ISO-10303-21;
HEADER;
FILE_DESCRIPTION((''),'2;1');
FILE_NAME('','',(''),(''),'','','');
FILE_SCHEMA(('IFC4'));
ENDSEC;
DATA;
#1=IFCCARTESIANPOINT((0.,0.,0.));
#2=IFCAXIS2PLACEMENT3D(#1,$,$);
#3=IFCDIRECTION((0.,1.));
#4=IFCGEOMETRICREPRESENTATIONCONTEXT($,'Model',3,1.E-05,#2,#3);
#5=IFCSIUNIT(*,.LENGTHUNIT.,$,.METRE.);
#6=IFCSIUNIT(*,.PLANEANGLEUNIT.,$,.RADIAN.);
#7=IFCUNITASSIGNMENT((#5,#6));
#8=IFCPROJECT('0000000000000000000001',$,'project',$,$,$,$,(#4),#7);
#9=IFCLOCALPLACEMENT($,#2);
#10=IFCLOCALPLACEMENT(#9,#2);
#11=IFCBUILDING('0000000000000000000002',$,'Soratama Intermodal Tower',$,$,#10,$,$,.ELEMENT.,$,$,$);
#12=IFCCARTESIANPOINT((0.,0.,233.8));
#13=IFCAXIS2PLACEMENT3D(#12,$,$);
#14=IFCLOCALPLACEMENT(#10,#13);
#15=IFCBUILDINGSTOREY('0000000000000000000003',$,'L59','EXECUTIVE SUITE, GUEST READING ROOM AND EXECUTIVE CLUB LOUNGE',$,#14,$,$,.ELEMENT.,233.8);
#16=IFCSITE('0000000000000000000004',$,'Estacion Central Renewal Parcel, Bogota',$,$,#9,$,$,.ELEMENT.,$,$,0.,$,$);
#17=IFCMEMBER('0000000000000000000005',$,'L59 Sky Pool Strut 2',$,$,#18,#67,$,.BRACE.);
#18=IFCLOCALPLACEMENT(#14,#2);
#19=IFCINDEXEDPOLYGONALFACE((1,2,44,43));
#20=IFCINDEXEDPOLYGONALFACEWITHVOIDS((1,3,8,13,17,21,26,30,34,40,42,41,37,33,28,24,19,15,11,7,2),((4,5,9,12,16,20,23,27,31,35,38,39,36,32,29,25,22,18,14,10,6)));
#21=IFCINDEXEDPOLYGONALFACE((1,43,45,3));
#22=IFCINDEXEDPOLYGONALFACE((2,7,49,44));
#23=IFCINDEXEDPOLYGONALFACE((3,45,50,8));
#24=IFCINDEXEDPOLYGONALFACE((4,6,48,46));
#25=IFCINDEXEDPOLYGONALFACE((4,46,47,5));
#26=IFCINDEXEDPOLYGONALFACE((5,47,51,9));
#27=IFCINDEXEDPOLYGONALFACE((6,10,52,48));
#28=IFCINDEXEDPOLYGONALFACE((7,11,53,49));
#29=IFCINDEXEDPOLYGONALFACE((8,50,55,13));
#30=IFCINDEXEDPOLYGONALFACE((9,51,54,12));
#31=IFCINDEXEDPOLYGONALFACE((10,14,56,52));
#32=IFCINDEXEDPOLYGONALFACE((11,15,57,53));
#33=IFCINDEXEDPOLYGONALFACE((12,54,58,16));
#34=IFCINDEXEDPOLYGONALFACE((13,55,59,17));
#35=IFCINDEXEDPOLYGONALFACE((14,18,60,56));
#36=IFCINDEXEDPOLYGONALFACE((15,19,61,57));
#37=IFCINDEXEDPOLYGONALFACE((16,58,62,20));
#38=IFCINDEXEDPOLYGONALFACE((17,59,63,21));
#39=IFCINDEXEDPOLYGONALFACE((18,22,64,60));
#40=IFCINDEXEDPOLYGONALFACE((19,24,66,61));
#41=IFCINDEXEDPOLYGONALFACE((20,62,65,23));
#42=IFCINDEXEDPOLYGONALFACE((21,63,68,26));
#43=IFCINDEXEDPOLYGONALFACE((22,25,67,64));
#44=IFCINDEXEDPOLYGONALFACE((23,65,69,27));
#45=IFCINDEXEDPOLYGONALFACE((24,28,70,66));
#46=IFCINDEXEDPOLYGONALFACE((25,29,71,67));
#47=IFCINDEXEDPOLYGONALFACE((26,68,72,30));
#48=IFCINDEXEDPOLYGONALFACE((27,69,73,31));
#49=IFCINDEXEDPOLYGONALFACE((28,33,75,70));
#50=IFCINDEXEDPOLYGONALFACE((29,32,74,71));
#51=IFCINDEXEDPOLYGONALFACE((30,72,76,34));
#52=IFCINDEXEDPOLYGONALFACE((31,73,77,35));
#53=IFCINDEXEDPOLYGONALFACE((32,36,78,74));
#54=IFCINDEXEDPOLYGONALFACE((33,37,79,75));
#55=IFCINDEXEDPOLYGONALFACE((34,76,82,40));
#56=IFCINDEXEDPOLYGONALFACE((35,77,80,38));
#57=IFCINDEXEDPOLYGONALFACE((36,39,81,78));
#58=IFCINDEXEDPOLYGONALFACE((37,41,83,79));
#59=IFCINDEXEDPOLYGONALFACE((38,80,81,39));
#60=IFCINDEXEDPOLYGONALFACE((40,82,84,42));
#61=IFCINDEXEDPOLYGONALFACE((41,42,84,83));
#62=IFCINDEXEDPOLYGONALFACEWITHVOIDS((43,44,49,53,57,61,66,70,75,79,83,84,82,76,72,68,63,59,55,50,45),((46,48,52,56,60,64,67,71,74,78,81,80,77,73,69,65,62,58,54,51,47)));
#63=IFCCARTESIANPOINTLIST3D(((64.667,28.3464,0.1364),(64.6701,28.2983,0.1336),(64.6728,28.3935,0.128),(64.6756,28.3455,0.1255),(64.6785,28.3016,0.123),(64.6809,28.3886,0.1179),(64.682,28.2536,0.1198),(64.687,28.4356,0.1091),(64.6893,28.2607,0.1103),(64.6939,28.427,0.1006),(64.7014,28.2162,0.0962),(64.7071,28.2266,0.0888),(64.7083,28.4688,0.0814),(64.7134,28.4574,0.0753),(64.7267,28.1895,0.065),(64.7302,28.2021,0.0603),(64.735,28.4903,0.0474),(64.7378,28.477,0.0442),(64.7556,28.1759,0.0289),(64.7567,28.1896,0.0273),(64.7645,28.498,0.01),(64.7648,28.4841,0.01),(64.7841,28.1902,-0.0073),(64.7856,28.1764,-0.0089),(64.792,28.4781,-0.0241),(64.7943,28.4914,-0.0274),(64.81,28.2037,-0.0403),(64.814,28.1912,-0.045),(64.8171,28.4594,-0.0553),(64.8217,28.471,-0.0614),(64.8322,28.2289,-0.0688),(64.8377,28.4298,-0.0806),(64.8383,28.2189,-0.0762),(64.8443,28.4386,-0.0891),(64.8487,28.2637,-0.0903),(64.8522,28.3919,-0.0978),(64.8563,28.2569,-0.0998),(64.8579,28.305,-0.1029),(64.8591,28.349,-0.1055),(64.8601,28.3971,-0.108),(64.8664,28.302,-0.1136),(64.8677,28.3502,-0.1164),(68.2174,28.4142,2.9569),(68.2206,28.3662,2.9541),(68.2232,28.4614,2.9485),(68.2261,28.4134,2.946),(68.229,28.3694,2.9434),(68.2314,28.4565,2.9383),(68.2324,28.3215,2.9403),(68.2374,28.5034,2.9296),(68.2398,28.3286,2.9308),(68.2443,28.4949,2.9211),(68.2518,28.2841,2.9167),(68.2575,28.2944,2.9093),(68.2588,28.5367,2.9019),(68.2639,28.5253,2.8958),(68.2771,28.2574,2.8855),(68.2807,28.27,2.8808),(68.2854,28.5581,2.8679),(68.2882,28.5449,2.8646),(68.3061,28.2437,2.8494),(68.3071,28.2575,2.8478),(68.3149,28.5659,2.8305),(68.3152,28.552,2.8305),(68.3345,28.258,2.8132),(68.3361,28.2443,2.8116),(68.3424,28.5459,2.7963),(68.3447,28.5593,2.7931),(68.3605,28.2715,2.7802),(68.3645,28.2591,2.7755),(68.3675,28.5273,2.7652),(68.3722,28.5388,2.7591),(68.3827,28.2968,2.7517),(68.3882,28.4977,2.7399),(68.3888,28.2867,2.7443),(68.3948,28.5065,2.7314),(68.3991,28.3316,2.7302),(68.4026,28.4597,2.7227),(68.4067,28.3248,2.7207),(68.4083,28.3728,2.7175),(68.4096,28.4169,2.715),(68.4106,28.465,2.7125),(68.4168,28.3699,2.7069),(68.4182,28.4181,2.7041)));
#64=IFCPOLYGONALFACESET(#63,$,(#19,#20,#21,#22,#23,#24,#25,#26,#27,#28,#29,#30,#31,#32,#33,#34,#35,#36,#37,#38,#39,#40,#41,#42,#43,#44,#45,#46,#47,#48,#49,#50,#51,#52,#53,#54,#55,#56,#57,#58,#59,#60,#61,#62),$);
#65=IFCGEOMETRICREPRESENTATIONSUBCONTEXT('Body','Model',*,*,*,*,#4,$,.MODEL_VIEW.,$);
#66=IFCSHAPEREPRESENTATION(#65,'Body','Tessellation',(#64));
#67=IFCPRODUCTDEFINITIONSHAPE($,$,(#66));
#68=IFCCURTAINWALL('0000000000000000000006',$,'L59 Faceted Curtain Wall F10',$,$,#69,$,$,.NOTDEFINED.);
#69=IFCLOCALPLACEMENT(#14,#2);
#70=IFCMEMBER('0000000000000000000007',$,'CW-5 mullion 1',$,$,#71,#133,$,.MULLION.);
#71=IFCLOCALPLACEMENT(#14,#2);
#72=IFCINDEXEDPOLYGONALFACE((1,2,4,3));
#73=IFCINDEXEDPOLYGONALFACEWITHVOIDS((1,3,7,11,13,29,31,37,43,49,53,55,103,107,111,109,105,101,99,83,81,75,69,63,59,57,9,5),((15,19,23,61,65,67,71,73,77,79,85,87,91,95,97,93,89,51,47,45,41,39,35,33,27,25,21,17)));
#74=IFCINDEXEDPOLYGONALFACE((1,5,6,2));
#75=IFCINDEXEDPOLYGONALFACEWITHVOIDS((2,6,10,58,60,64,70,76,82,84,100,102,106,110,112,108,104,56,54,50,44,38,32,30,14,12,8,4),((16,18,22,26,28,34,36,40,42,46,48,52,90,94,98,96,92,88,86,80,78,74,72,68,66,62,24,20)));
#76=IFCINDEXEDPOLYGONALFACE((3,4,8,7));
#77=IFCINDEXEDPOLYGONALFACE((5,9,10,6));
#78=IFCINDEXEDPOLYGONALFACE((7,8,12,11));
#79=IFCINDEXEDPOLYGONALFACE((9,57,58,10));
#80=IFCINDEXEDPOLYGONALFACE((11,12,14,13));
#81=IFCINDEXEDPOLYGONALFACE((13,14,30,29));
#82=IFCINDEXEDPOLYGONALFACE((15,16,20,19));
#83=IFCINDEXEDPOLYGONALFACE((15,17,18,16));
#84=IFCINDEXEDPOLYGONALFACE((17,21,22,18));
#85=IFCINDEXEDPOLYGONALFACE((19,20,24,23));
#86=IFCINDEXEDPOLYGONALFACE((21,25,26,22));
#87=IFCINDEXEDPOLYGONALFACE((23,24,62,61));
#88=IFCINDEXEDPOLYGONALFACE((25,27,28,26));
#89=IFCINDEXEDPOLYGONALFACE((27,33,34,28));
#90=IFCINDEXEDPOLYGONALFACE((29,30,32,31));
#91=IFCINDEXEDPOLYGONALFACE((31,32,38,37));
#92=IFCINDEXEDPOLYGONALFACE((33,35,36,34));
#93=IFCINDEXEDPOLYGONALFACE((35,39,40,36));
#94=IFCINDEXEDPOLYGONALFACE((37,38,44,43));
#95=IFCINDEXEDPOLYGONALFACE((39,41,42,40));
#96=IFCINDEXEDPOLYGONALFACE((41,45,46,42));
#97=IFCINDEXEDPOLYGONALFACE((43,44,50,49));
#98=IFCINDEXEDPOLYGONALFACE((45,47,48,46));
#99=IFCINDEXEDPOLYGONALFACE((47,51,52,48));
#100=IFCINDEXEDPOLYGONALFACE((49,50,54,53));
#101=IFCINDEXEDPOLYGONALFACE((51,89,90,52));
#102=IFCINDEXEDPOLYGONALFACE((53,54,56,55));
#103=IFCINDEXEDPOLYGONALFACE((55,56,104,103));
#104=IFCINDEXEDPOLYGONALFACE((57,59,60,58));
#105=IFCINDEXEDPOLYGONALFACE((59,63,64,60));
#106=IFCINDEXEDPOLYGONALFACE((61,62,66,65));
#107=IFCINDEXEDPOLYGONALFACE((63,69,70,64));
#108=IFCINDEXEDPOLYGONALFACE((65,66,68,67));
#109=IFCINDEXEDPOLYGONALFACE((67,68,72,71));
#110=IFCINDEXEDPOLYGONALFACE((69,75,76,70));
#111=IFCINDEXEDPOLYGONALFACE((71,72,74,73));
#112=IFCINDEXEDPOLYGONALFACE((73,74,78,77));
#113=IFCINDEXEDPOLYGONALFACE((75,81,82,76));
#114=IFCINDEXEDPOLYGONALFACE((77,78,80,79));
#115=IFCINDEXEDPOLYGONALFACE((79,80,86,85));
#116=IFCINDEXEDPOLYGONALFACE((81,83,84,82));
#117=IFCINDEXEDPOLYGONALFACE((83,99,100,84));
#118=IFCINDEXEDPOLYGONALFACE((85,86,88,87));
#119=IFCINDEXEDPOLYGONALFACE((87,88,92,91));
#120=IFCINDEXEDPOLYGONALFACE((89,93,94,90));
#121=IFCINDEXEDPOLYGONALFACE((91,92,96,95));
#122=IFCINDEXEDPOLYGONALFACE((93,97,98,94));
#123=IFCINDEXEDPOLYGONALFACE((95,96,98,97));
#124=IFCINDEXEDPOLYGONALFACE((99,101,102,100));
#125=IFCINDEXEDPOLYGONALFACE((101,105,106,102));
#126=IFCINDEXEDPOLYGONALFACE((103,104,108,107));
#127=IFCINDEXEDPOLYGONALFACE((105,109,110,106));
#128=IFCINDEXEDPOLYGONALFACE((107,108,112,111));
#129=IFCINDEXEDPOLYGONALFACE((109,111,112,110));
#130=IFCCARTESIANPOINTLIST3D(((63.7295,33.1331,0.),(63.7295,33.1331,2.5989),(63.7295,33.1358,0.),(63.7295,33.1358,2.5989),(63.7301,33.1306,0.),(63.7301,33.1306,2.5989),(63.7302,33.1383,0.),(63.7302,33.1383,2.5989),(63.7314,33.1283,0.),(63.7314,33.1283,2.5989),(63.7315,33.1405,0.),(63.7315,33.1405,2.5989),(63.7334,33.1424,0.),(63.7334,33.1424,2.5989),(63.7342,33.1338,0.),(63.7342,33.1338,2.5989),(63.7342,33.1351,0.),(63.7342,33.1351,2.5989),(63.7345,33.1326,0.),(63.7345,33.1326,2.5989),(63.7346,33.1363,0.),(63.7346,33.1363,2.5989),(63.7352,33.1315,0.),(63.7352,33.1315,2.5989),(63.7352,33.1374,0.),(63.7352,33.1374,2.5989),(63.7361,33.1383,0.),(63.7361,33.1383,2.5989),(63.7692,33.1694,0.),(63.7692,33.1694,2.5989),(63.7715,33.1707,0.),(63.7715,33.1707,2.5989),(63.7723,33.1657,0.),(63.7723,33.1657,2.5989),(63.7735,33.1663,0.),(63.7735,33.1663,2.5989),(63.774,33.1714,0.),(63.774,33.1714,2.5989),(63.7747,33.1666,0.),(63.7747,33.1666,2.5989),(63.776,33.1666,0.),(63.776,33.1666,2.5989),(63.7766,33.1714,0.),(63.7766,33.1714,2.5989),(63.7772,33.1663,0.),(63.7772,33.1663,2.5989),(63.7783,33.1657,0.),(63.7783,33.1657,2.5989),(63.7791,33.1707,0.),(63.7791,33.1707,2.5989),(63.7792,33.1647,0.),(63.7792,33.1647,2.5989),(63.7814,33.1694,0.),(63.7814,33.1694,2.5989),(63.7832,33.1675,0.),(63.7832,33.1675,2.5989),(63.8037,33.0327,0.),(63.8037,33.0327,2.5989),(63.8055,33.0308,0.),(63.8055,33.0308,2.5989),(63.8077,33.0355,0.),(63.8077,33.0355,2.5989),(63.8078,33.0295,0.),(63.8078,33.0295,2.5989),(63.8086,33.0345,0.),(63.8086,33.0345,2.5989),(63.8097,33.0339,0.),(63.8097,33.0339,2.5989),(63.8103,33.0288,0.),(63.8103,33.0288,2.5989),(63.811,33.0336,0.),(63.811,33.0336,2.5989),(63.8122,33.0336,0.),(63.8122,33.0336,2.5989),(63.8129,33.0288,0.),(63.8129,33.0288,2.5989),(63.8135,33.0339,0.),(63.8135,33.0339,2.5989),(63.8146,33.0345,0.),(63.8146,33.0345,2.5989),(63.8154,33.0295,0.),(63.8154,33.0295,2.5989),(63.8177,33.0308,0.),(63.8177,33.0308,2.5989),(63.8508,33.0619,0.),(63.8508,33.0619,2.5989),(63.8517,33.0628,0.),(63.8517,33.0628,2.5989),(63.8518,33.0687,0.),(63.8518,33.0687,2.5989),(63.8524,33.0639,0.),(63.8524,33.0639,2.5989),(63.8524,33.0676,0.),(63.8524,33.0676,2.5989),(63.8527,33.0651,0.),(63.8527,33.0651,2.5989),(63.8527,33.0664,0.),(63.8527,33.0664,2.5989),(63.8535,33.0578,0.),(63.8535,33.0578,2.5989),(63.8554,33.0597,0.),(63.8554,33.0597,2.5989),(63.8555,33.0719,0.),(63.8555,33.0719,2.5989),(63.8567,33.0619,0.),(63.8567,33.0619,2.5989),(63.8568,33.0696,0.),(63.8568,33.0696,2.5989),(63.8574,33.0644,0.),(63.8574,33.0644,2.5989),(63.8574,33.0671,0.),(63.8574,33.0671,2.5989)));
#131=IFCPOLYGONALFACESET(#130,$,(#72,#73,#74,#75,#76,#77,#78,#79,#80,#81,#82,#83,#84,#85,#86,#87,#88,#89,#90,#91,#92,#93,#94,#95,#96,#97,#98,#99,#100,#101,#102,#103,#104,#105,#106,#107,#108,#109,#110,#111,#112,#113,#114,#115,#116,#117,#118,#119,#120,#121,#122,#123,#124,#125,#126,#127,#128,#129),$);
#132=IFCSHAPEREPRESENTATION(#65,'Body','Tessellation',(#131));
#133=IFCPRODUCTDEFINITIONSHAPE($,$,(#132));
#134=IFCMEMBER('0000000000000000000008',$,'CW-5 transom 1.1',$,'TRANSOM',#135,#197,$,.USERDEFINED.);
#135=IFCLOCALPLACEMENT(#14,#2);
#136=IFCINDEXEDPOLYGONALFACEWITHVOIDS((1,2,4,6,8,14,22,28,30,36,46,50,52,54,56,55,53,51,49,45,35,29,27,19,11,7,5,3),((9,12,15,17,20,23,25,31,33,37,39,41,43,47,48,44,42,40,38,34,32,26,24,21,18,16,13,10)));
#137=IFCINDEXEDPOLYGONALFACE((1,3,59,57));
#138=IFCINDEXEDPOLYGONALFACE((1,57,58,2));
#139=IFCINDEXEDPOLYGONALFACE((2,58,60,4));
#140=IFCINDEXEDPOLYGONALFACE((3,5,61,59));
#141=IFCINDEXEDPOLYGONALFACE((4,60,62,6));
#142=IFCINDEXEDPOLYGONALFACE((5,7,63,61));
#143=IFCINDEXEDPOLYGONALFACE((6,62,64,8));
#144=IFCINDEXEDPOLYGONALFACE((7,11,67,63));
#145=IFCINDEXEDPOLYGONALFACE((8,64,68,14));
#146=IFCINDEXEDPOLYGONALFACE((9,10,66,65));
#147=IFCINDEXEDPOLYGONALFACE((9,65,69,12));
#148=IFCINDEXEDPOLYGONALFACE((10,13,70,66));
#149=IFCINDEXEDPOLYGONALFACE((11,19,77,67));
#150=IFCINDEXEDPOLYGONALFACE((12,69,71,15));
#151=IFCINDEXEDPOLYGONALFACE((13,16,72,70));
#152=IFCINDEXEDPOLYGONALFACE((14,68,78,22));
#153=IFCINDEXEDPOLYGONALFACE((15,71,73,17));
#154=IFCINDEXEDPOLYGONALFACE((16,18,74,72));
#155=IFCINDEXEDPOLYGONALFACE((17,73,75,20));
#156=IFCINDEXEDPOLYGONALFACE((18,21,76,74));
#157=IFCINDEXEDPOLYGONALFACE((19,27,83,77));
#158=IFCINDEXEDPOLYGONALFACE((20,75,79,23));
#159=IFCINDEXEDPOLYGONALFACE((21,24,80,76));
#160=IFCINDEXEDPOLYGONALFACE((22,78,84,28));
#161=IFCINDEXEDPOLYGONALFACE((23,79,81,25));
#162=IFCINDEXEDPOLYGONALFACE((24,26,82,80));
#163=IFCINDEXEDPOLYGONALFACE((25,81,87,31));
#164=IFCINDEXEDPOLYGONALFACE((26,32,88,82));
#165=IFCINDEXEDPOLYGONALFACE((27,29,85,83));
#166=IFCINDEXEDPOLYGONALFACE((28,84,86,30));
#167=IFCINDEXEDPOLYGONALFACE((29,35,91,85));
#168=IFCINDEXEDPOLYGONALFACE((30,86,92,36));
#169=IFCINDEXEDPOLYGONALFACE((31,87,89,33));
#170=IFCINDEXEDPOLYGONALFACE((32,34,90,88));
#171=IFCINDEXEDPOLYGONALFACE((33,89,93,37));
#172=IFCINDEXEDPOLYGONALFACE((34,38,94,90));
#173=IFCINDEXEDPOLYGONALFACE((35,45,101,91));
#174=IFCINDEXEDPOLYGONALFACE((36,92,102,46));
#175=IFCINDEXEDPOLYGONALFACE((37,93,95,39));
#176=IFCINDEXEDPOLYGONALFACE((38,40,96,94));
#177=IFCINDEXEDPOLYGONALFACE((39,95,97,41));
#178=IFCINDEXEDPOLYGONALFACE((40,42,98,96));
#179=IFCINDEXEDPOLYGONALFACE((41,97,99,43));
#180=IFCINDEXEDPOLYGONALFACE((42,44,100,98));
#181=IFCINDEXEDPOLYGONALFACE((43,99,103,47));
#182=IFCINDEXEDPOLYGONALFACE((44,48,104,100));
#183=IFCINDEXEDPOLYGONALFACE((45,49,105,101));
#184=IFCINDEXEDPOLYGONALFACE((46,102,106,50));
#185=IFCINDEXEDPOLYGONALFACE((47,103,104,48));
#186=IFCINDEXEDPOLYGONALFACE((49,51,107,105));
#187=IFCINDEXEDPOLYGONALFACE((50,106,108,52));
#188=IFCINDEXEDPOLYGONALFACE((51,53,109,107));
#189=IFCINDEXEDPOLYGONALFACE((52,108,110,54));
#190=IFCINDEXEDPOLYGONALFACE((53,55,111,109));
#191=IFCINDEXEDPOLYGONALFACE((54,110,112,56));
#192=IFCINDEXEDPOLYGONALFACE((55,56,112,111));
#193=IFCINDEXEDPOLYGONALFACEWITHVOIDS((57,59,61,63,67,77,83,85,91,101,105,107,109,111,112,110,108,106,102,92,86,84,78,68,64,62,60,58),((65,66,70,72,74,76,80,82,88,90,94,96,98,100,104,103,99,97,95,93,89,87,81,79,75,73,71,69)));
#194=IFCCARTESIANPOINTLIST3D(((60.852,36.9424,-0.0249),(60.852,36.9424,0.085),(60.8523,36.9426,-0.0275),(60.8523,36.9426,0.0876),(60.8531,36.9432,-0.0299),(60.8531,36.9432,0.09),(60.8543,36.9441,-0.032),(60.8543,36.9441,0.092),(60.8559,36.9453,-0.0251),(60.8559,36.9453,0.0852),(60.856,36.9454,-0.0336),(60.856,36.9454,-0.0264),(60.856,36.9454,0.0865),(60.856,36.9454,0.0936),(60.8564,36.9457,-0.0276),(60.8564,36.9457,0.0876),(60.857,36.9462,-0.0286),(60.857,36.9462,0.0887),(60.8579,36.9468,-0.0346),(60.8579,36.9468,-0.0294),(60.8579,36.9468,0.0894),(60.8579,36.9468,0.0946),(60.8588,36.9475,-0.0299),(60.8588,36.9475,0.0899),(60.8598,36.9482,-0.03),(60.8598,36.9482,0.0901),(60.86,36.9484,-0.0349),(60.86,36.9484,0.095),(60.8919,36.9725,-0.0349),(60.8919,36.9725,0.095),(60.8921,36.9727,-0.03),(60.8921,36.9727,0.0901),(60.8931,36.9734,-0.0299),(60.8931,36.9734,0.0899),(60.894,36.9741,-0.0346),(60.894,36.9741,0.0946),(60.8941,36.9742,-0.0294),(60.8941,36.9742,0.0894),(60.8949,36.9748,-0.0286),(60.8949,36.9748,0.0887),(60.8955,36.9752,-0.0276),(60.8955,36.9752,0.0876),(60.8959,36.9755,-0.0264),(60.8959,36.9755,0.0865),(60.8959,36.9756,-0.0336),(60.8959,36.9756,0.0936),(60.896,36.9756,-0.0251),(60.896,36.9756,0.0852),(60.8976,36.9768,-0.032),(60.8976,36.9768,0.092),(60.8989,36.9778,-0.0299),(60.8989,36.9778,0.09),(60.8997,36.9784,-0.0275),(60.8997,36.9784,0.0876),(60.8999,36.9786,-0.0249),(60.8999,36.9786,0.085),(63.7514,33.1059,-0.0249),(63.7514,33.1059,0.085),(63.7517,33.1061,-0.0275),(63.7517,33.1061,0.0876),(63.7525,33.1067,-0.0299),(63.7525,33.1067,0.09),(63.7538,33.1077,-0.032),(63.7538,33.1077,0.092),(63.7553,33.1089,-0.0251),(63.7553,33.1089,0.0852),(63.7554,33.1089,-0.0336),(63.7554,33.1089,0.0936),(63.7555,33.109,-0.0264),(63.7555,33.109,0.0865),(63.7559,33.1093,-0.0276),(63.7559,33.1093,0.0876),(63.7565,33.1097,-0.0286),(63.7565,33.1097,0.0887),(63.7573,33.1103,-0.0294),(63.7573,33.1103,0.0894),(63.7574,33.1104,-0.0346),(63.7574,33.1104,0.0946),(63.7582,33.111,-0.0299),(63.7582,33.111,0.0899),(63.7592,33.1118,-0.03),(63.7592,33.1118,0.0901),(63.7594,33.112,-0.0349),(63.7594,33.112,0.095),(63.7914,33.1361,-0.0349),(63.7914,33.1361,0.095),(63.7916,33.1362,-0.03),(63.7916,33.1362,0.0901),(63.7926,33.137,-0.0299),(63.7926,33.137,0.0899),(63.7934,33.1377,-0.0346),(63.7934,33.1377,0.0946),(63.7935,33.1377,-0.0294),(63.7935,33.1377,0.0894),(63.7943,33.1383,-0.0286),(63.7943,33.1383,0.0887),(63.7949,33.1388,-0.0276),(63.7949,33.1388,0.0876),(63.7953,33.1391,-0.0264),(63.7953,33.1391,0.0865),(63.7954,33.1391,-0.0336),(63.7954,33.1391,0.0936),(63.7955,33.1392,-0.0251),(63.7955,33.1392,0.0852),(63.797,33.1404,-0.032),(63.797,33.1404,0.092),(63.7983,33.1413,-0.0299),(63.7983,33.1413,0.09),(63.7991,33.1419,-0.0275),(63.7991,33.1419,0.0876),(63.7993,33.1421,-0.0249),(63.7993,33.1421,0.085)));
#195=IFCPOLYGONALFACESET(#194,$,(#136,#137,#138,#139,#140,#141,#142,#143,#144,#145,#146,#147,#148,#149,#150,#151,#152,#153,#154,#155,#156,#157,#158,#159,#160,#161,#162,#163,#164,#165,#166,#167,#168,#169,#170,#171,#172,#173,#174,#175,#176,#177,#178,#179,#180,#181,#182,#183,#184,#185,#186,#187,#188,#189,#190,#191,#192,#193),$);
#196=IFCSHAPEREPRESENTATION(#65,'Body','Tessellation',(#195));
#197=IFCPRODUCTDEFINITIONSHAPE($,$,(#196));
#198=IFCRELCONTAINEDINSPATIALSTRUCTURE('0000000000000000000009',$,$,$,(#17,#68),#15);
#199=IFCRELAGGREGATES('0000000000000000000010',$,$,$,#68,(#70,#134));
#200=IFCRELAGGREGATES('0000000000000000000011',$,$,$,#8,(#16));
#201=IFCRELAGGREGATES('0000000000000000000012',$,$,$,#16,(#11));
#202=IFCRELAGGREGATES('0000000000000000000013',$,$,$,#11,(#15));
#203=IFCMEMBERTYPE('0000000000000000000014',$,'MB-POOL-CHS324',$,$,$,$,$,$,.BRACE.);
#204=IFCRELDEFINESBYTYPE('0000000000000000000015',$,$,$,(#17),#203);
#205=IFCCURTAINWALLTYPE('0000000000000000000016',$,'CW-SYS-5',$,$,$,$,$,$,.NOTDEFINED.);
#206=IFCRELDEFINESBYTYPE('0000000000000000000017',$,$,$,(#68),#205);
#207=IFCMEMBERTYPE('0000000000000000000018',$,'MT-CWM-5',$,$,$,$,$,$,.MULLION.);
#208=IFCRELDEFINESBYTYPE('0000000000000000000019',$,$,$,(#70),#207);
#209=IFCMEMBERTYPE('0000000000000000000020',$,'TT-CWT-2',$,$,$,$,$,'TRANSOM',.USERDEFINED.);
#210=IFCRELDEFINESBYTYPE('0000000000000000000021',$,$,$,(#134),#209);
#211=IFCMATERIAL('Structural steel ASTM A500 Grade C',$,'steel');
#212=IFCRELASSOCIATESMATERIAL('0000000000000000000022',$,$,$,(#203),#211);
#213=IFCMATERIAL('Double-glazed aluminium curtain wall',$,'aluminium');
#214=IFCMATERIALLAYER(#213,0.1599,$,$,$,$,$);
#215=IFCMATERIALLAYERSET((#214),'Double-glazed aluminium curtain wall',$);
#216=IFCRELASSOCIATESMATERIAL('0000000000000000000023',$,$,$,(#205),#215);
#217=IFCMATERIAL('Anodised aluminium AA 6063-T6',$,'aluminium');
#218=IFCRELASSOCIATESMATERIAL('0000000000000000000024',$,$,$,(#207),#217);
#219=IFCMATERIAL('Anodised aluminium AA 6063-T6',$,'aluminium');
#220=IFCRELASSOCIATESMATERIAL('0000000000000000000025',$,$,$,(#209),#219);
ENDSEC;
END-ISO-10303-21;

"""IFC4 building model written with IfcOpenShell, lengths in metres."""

from ifc_helpers import new_model, si_unit, direction, frame, origin, origin_2d, place, context, subcontext, project, spatial, hollow_rectangle, hollow_circle, extrude, material, layer, layer_set, material_profile, profile_set, type_object, element, aggregate, save


model = new_model("IFC4")

# Units and contexts
model_context = context("Model", 3, precision=1e-05, world=origin(), true_north=direction((0.0, 1.0)))
body_context = subcontext(model_context, "Body", "Model", "MODEL_VIEW")
ifc_project = project(units=[si_unit("LENGTHUNIT", "METRE"), si_unit("PLANEANGLEUNIT", "RADIAN")], contexts=[model_context])

# Site, building, storey
site_placement = place(None, origin())
site = spatial("IfcSite", under=ifc_project, at=site_placement, Name="Estacion Central Renewal Parcel, Bogota", CompositionType="ELEMENT", RefElevation=0.0)
building_placement = place(site_placement, origin())
building = spatial("IfcBuilding", under=site, at=building_placement, Name="Soratama Intermodal Tower", CompositionType="ELEMENT")
storey_placement = place(building_placement, frame((0.0, 0.0, 233.8)))
storey = spatial("IfcBuildingStorey", under=building, at=storey_placement, Name="L59", Description="EXECUTIVE SUITE, GUEST READING ROOM AND EXECUTIVE CLUB LOUNGE", CompositionType="ELEMENT", Elevation=233.8)

# Member
ifc_material_1 = material(Name="Structural steel ASTM A500 Grade C", Category="steel")
ifc_material_profile_1 = material_profile(ifc_material_1, hollow_circle(Radius=0.1619, WallThickness=0.0139, at=origin_2d()), Name="CHS324X14")
ifc_profile_set_1 = profile_set([ifc_material_profile_1], Name="Structural steel ASTM A500 Grade C")
member_type_1 = type_object("IfcMemberType", Name="MB-POOL-CHS324", PredefinedType="BRACE", material=ifc_profile_set_1)
member_1_placement = place(storey_placement, frame((64.7676, 28.3362, 0.01), z_axis=(0.782914, 0.014966, 0.621949), x_axis=(-0.019112, 0.999817, 0.0)))
element("IfcMember", 1, at=member_1_placement, inside=storey, type_object=member_type_1, Name="L59 Sky Pool Strut 2", PredefinedType="BRACE", context=body_context, shape_type="SweptSolid", body=[
    extrude(hollow_circle(Radius=0.1619, WallThickness=0.0139, at=origin_2d()), origin(), (0.0, 0.0, 1.0), 4.5349),
])

# Curtain wall, members
ifc_material_2 = material(Name="Double-glazed aluminium curtain wall", Category="aluminium")
ifc_layer_1 = layer(ifc_material_2, 0.1599)
ifc_layer_set_1 = layer_set([ifc_layer_1], Name="Double-glazed aluminium curtain wall")
curtain_wall_type = type_object("IfcCurtainWallType", Name="CW-SYS-5", PredefinedType="NOTDEFINED", material=ifc_layer_set_1)
curtain_wall_placement = place(storey_placement, origin())
curtain_wall = element("IfcCurtainWall", 2, at=curtain_wall_placement, inside=storey, type_object=curtain_wall_type, Name="L59 Faceted Curtain Wall F10", PredefinedType="NOTDEFINED")
ifc_material_3 = material(Name="Anodised aluminium AA 6063-T6", Category="aluminium")
ifc_material_profile_2 = material_profile(ifc_material_3, hollow_rectangle(XDim=0.0649, YDim=0.1399, WallThickness=0.0049, InnerFilletRadius=0.0049, OuterFilletRadius=0.01, at=origin_2d()), Name="CWM140X65X5")
ifc_profile_set_2 = profile_set([ifc_material_profile_2], Name="Anodised aluminium AA 6063-T6")
member_type_2 = type_object("IfcMemberType", Name="MT-CWM-5", PredefinedType="MULLION", material=ifc_profile_set_2)
member_2_placement = place(storey_placement, frame((63.7935, 33.1001, 0.0), z_axis=(0.0, 0.0, 1.0), x_axis=(-0.797794, -0.602931, 0.0)))
member_2 = element("IfcMember", 3, at=member_2_placement, type_object=member_type_2, Name="CW-5 mullion 1", PredefinedType="MULLION", context=body_context, shape_type="SweptSolid", body=[
    extrude(hollow_rectangle(XDim=0.0649, YDim=0.1399, WallThickness=0.0049, InnerFilletRadius=0.0049, OuterFilletRadius=0.01, at=origin_2d()), origin(), (0.0, 0.0, 1.0), 2.5989),
])
ifc_material_4 = material(Name="Anodised aluminium AA 6063-T6", Category="aluminium")
ifc_material_profile_3 = material_profile(ifc_material_4, hollow_rectangle(XDim=0.0601, YDim=0.1299, WallThickness=0.0049, InnerFilletRadius=0.0049, OuterFilletRadius=0.01, at=origin_2d()), Name="CWT130X60X5")
ifc_profile_set_3 = profile_set([ifc_material_profile_3], Name="Anodised aluminium AA 6063-T6")
member_type_3 = type_object("IfcMemberType", Name="TT-CWT-2", ElementType="TRANSOM", PredefinedType="USERDEFINED", material=ifc_profile_set_3)
member_3_placement = place(storey_placement, frame((63.7754, 33.124, 0.03), z_axis=(-0.602937, 0.797789, 0.0), x_axis=(-0.797789, -0.602937, 0.0)))
member_3 = element("IfcMember", 4, at=member_3_placement, type_object=member_type_3, Name="CW-5 transom 1.1", ObjectType="TRANSOM", PredefinedType="USERDEFINED", context=body_context, shape_type="SweptSolid", body=[
    extrude(hollow_rectangle(XDim=0.0601, YDim=0.1299, WallThickness=0.0049, InnerFilletRadius=0.0049, OuterFilletRadius=0.01, at=origin_2d()), origin(), (0.0, 0.0, 1.0), 4.8088),
])
aggregate(curtain_wall, [member_2, member_3])

save(model, "model.ifc")
